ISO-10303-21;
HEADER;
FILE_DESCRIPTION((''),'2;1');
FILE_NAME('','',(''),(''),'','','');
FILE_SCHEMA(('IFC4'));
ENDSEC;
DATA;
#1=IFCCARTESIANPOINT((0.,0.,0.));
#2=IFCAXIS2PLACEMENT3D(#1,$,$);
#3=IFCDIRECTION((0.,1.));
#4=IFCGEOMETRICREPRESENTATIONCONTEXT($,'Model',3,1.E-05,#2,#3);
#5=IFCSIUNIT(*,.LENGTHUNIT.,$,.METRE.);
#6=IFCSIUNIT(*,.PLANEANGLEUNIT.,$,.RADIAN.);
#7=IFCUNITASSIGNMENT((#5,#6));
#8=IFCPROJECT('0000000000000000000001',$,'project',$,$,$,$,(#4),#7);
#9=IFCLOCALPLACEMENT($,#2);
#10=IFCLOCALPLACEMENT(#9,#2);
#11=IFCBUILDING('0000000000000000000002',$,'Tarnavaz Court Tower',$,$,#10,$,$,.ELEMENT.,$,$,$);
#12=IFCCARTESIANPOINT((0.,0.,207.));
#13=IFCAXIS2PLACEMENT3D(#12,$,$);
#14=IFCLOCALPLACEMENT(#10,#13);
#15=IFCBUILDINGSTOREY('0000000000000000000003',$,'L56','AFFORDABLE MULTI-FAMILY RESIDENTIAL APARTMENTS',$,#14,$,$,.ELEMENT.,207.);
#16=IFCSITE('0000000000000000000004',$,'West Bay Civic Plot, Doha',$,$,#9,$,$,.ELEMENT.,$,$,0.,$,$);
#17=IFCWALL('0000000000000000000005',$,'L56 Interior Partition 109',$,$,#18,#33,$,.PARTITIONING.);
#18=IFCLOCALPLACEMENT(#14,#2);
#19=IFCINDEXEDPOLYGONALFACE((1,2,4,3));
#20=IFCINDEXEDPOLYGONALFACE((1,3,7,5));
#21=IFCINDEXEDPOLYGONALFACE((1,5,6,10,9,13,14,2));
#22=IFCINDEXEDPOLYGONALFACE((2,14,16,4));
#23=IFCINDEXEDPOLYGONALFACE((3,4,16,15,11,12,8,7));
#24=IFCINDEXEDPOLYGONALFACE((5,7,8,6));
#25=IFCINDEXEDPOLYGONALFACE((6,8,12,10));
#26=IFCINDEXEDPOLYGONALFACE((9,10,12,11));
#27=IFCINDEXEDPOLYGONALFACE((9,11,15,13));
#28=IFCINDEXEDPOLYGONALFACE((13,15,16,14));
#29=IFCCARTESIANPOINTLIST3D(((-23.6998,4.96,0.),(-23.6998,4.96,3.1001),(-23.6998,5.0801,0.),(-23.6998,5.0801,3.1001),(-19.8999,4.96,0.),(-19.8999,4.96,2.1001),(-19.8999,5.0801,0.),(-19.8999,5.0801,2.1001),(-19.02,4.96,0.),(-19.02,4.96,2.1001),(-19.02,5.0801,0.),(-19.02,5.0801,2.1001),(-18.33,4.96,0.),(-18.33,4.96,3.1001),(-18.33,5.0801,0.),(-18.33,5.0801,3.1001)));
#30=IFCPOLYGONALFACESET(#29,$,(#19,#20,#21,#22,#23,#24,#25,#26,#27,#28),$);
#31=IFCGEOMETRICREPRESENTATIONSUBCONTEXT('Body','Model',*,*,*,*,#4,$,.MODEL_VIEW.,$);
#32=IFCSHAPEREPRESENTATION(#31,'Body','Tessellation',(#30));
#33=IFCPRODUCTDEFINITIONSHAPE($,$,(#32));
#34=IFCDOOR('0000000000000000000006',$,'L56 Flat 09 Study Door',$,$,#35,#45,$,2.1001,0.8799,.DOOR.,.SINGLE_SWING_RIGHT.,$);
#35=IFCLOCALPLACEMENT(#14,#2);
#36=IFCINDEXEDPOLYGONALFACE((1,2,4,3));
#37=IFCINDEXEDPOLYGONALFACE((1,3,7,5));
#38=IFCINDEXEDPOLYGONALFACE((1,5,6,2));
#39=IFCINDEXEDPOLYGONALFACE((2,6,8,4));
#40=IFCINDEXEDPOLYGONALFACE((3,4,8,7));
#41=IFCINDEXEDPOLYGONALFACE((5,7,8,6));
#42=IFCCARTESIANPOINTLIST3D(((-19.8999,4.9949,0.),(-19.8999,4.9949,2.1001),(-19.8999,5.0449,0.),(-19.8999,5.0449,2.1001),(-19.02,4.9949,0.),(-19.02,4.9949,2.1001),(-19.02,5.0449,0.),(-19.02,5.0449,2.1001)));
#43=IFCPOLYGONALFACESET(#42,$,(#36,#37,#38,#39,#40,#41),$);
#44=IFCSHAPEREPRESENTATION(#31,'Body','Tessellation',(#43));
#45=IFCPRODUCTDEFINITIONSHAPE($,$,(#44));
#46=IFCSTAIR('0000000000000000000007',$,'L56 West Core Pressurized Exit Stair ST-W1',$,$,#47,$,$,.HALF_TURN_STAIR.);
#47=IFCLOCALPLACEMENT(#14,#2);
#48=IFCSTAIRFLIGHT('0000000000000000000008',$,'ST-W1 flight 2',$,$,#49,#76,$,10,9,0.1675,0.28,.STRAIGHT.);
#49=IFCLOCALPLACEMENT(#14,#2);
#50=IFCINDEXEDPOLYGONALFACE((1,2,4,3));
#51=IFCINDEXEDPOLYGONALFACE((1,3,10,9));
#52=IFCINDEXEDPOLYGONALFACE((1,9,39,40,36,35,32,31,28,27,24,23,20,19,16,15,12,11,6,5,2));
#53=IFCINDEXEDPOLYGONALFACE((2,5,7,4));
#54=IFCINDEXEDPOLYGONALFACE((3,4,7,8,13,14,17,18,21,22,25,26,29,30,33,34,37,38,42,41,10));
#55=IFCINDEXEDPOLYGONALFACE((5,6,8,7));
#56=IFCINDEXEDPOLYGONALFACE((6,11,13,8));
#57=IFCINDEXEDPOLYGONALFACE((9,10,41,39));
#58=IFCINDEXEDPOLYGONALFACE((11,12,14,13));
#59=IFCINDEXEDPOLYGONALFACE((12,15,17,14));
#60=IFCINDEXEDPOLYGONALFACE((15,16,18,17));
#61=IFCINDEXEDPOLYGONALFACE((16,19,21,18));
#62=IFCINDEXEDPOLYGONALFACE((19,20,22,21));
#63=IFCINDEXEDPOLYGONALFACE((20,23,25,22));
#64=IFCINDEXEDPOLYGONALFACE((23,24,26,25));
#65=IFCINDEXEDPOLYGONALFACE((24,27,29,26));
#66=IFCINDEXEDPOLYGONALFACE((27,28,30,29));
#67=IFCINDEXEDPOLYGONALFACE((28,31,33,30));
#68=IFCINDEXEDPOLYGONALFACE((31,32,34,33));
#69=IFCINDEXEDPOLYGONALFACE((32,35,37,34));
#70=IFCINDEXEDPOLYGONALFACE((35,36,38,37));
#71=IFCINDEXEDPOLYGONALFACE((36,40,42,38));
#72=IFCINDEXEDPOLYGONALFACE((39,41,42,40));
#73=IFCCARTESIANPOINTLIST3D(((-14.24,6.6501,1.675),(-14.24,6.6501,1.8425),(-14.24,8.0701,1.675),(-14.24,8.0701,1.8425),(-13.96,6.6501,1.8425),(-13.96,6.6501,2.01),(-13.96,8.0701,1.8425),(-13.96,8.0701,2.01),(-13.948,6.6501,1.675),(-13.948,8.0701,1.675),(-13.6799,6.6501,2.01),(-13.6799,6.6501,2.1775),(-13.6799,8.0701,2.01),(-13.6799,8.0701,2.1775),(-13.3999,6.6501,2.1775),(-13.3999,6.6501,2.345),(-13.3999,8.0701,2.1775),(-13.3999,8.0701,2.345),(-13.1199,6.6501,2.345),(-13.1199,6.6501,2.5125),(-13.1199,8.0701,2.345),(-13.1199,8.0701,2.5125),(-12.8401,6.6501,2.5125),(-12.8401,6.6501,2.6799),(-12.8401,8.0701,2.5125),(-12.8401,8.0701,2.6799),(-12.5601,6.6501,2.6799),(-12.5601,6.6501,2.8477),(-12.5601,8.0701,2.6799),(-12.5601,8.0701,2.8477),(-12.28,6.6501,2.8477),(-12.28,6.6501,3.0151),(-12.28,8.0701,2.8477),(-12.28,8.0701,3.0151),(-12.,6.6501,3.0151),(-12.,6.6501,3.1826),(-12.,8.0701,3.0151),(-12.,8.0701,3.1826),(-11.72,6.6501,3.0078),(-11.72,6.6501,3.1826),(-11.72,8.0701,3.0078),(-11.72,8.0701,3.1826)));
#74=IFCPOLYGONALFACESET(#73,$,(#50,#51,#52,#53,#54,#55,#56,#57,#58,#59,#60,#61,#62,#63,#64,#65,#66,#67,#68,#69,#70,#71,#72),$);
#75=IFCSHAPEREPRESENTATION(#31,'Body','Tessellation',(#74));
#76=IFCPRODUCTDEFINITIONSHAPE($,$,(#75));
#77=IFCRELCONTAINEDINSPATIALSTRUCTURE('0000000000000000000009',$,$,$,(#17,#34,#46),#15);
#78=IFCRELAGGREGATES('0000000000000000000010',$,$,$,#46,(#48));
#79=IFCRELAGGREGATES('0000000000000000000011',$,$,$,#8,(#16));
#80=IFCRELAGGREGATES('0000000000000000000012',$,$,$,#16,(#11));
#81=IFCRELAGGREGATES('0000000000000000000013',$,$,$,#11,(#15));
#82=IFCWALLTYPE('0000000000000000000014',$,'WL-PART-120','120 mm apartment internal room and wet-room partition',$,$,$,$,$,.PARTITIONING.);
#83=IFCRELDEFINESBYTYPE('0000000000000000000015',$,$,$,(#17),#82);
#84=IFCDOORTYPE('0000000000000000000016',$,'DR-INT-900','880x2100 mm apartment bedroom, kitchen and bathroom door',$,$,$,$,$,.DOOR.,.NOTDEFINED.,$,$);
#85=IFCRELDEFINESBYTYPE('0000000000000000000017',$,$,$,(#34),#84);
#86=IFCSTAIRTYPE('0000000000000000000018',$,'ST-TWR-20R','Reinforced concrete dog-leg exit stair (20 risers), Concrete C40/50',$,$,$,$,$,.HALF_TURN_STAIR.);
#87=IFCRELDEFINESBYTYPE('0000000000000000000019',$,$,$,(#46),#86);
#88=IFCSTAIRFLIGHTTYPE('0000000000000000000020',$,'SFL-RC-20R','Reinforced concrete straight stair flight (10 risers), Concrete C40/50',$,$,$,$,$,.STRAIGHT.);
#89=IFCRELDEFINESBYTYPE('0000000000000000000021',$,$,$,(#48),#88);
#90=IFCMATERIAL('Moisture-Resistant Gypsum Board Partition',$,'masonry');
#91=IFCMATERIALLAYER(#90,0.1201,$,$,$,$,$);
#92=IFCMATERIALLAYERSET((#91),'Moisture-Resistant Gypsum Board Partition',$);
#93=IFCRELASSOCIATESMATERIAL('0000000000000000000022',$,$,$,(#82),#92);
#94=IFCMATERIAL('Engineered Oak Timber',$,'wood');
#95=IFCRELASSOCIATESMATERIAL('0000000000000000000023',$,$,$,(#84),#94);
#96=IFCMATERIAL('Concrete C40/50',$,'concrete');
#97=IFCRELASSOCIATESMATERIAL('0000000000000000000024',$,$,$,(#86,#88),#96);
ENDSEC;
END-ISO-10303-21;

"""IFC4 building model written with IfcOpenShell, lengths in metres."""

from ifc_helpers import new_model, si_unit, direction, frame, frame_2d, origin, place, context, subcontext, project, spatial, polyline, rectangle, outline, extrude, material, layer, layer_set, type_object, element, fill, aggregate, save


model = new_model("IFC4")

# Units and contexts
model_context = context("Model", 3, precision=1e-05, world=origin(), true_north=direction((0.0, 1.0)))
body_context = subcontext(model_context, "Body", "Model", "MODEL_VIEW")
ifc_project = project(units=[si_unit("LENGTHUNIT", "METRE"), si_unit("PLANEANGLEUNIT", "RADIAN")], contexts=[model_context])

# Site, building, storey
site_placement = place(None, origin())
site = spatial("IfcSite", under=ifc_project, at=site_placement, Name="West Bay Civic Plot, Doha", CompositionType="ELEMENT", RefElevation=0.0)
building_placement = place(site_placement, origin())
building = spatial("IfcBuilding", under=site, at=building_placement, Name="Tarnavaz Court Tower", CompositionType="ELEMENT")
storey_placement = place(building_placement, frame((0.0, 0.0, 207.0)))
storey = spatial("IfcBuildingStorey", under=building, at=storey_placement, Name="L56", Description="AFFORDABLE MULTI-FAMILY RESIDENTIAL APARTMENTS", CompositionType="ELEMENT", Elevation=207.0)

# Wall, opening, door
ifc_material_1 = material(Name="Engineered Oak Timber", Category="wood")
ifc_material_2 = material(Name="Moisture-Resistant Gypsum Board Partition", Category="masonry")
ifc_layer_1 = layer(ifc_material_2, 0.1201)
ifc_layer_set_1 = layer_set([ifc_layer_1], Name="Moisture-Resistant Gypsum Board Partition")
wall_type_1 = type_object("IfcWallType", Name="WL-PART-120", Description="120 mm apartment internal room and wet-room partition", PredefinedType="PARTITIONING", material=ifc_layer_set_1)
door_type_1 = type_object("IfcDoorType", Name="DR-INT-900", Description="880x2100 mm apartment bedroom, kitchen and bathroom door", OperationType="NOTDEFINED", PredefinedType="DOOR", material=ifc_material_1)
wall_1_placement = place(storey_placement, frame((-23.7, 5.02, 0.0), z_axis=(0.0, 0.0, 1.0), x_axis=(1.0, 0.0, 0.0)))
wall_1 = element("IfcWall", 1, at=wall_1_placement, inside=storey, type_object=wall_type_1, Name="L56 Interior Partition 109", PredefinedType="PARTITIONING", context=body_context, shape_type="SweptSolid", body=[
    extrude(rectangle(XDim=5.3699, YDim=0.1201, at=frame_2d((2.6851, 0.0))), origin(), (0.0, 0.0, 1.0), 3.1001),
])
opening_1_placement = place(wall_1_placement, frame((3.8, 0.0, 0.0)))
opening_1 = element("IfcOpeningElement", 2, at=opening_1_placement, cuts=wall_1, PredefinedType="OPENING", context=body_context, shape_type="SweptSolid", body=[
    extrude(rectangle(XDim=0.8799, YDim=2.1001, at=frame_2d((0.4399, 1.05))), frame((0.0, 0.0701, 0.0), z_axis=(0.0, -1.0, 0.0), x_axis=(1.0, 0.0, 0.0)), (0.0, 0.0, 1.0), 0.1401),
])
door_1_placement = place(opening_1_placement, origin())
door_1 = element("IfcDoor", 3, at=door_1_placement, inside=storey, type_object=door_type_1, Name="L56 Flat 09 Study Door", OperationType="SINGLE_SWING_RIGHT", OverallHeight=2.1001, OverallWidth=0.8799, PredefinedType="DOOR", context=body_context, shape_type="SweptSolid", body=[
    extrude(rectangle(XDim=0.8799, YDim=2.1001, at=frame_2d((0.4399, 1.05))), frame((0.0, 0.0249, 0.0), z_axis=(0.0, -1.0, 0.0), x_axis=(1.0, 0.0, 0.0)), (0.0, 0.0, 1.0), 0.05),
])
fill(opening_1, door_1)

# Stair, stair flight
ifc_material_3 = material(Name="Concrete C40/50", Category="concrete")
stair_type = type_object("IfcStairType", Name="ST-TWR-20R", Description="Reinforced concrete dog-leg exit stair (20 risers), Concrete C40/50", PredefinedType="HALF_TURN_STAIR", material=ifc_material_3)
stair_placement = place(storey_placement, origin())
stair = element("IfcStair", 4, at=stair_placement, inside=storey, type_object=stair_type, Name="L56 West Core Pressurized Exit Stair ST-W1", PredefinedType="HALF_TURN_STAIR")
stair_flight_type = type_object("IfcStairFlightType", Name="SFL-RC-20R", Description="Reinforced concrete straight stair flight (10 risers), Concrete C40/50", PredefinedType="STRAIGHT", material=ifc_material_3)
stair_flight_placement = place(storey_placement, frame((-14.24, 7.3601, 1.675), z_axis=(0.0, 0.0, 1.0), x_axis=(1.0, 0.0, 0.0)))
stair_flight = element("IfcStairFlight", 5, at=stair_flight_placement, type_object=stair_flight_type, Name="ST-W1 flight 2", NumberOfRisers=10, NumberOfTreads=9, PredefinedType="STRAIGHT", RiserHeight=0.1675, TreadLength=0.28, context=body_context, shape_type="SweptSolid", body=[
    extrude(outline(polyline([(0.0, 0.0), (0.0, 0.1675), (0.28, 0.1675), (0.28, 0.335), (0.5601, 0.335), (0.5601, 0.5024), (0.8401, 0.5024), (0.8401, 0.6699), (1.1201, 0.6699), (1.1201, 0.8374), (1.3999, 0.8374), (1.3999, 1.0049), (1.6799, 1.0049), (1.6799, 1.1726), (1.96, 1.1726), (1.96, 1.3401), (2.24, 1.3401), (2.24, 1.5076), (2.52, 1.5076), (2.52, 1.675), (2.52, 1.3328), (0.292, 0.0), (0.0, 0.0)])), frame((0.0, 0.71, 0.0), z_axis=(0.0, -1.0, 0.0), x_axis=(1.0, 0.0, 0.0)), (0.0, 0.0, 1.0), 1.4199),
])
aggregate(stair, [stair_flight])

save(model, "model.ifc")
